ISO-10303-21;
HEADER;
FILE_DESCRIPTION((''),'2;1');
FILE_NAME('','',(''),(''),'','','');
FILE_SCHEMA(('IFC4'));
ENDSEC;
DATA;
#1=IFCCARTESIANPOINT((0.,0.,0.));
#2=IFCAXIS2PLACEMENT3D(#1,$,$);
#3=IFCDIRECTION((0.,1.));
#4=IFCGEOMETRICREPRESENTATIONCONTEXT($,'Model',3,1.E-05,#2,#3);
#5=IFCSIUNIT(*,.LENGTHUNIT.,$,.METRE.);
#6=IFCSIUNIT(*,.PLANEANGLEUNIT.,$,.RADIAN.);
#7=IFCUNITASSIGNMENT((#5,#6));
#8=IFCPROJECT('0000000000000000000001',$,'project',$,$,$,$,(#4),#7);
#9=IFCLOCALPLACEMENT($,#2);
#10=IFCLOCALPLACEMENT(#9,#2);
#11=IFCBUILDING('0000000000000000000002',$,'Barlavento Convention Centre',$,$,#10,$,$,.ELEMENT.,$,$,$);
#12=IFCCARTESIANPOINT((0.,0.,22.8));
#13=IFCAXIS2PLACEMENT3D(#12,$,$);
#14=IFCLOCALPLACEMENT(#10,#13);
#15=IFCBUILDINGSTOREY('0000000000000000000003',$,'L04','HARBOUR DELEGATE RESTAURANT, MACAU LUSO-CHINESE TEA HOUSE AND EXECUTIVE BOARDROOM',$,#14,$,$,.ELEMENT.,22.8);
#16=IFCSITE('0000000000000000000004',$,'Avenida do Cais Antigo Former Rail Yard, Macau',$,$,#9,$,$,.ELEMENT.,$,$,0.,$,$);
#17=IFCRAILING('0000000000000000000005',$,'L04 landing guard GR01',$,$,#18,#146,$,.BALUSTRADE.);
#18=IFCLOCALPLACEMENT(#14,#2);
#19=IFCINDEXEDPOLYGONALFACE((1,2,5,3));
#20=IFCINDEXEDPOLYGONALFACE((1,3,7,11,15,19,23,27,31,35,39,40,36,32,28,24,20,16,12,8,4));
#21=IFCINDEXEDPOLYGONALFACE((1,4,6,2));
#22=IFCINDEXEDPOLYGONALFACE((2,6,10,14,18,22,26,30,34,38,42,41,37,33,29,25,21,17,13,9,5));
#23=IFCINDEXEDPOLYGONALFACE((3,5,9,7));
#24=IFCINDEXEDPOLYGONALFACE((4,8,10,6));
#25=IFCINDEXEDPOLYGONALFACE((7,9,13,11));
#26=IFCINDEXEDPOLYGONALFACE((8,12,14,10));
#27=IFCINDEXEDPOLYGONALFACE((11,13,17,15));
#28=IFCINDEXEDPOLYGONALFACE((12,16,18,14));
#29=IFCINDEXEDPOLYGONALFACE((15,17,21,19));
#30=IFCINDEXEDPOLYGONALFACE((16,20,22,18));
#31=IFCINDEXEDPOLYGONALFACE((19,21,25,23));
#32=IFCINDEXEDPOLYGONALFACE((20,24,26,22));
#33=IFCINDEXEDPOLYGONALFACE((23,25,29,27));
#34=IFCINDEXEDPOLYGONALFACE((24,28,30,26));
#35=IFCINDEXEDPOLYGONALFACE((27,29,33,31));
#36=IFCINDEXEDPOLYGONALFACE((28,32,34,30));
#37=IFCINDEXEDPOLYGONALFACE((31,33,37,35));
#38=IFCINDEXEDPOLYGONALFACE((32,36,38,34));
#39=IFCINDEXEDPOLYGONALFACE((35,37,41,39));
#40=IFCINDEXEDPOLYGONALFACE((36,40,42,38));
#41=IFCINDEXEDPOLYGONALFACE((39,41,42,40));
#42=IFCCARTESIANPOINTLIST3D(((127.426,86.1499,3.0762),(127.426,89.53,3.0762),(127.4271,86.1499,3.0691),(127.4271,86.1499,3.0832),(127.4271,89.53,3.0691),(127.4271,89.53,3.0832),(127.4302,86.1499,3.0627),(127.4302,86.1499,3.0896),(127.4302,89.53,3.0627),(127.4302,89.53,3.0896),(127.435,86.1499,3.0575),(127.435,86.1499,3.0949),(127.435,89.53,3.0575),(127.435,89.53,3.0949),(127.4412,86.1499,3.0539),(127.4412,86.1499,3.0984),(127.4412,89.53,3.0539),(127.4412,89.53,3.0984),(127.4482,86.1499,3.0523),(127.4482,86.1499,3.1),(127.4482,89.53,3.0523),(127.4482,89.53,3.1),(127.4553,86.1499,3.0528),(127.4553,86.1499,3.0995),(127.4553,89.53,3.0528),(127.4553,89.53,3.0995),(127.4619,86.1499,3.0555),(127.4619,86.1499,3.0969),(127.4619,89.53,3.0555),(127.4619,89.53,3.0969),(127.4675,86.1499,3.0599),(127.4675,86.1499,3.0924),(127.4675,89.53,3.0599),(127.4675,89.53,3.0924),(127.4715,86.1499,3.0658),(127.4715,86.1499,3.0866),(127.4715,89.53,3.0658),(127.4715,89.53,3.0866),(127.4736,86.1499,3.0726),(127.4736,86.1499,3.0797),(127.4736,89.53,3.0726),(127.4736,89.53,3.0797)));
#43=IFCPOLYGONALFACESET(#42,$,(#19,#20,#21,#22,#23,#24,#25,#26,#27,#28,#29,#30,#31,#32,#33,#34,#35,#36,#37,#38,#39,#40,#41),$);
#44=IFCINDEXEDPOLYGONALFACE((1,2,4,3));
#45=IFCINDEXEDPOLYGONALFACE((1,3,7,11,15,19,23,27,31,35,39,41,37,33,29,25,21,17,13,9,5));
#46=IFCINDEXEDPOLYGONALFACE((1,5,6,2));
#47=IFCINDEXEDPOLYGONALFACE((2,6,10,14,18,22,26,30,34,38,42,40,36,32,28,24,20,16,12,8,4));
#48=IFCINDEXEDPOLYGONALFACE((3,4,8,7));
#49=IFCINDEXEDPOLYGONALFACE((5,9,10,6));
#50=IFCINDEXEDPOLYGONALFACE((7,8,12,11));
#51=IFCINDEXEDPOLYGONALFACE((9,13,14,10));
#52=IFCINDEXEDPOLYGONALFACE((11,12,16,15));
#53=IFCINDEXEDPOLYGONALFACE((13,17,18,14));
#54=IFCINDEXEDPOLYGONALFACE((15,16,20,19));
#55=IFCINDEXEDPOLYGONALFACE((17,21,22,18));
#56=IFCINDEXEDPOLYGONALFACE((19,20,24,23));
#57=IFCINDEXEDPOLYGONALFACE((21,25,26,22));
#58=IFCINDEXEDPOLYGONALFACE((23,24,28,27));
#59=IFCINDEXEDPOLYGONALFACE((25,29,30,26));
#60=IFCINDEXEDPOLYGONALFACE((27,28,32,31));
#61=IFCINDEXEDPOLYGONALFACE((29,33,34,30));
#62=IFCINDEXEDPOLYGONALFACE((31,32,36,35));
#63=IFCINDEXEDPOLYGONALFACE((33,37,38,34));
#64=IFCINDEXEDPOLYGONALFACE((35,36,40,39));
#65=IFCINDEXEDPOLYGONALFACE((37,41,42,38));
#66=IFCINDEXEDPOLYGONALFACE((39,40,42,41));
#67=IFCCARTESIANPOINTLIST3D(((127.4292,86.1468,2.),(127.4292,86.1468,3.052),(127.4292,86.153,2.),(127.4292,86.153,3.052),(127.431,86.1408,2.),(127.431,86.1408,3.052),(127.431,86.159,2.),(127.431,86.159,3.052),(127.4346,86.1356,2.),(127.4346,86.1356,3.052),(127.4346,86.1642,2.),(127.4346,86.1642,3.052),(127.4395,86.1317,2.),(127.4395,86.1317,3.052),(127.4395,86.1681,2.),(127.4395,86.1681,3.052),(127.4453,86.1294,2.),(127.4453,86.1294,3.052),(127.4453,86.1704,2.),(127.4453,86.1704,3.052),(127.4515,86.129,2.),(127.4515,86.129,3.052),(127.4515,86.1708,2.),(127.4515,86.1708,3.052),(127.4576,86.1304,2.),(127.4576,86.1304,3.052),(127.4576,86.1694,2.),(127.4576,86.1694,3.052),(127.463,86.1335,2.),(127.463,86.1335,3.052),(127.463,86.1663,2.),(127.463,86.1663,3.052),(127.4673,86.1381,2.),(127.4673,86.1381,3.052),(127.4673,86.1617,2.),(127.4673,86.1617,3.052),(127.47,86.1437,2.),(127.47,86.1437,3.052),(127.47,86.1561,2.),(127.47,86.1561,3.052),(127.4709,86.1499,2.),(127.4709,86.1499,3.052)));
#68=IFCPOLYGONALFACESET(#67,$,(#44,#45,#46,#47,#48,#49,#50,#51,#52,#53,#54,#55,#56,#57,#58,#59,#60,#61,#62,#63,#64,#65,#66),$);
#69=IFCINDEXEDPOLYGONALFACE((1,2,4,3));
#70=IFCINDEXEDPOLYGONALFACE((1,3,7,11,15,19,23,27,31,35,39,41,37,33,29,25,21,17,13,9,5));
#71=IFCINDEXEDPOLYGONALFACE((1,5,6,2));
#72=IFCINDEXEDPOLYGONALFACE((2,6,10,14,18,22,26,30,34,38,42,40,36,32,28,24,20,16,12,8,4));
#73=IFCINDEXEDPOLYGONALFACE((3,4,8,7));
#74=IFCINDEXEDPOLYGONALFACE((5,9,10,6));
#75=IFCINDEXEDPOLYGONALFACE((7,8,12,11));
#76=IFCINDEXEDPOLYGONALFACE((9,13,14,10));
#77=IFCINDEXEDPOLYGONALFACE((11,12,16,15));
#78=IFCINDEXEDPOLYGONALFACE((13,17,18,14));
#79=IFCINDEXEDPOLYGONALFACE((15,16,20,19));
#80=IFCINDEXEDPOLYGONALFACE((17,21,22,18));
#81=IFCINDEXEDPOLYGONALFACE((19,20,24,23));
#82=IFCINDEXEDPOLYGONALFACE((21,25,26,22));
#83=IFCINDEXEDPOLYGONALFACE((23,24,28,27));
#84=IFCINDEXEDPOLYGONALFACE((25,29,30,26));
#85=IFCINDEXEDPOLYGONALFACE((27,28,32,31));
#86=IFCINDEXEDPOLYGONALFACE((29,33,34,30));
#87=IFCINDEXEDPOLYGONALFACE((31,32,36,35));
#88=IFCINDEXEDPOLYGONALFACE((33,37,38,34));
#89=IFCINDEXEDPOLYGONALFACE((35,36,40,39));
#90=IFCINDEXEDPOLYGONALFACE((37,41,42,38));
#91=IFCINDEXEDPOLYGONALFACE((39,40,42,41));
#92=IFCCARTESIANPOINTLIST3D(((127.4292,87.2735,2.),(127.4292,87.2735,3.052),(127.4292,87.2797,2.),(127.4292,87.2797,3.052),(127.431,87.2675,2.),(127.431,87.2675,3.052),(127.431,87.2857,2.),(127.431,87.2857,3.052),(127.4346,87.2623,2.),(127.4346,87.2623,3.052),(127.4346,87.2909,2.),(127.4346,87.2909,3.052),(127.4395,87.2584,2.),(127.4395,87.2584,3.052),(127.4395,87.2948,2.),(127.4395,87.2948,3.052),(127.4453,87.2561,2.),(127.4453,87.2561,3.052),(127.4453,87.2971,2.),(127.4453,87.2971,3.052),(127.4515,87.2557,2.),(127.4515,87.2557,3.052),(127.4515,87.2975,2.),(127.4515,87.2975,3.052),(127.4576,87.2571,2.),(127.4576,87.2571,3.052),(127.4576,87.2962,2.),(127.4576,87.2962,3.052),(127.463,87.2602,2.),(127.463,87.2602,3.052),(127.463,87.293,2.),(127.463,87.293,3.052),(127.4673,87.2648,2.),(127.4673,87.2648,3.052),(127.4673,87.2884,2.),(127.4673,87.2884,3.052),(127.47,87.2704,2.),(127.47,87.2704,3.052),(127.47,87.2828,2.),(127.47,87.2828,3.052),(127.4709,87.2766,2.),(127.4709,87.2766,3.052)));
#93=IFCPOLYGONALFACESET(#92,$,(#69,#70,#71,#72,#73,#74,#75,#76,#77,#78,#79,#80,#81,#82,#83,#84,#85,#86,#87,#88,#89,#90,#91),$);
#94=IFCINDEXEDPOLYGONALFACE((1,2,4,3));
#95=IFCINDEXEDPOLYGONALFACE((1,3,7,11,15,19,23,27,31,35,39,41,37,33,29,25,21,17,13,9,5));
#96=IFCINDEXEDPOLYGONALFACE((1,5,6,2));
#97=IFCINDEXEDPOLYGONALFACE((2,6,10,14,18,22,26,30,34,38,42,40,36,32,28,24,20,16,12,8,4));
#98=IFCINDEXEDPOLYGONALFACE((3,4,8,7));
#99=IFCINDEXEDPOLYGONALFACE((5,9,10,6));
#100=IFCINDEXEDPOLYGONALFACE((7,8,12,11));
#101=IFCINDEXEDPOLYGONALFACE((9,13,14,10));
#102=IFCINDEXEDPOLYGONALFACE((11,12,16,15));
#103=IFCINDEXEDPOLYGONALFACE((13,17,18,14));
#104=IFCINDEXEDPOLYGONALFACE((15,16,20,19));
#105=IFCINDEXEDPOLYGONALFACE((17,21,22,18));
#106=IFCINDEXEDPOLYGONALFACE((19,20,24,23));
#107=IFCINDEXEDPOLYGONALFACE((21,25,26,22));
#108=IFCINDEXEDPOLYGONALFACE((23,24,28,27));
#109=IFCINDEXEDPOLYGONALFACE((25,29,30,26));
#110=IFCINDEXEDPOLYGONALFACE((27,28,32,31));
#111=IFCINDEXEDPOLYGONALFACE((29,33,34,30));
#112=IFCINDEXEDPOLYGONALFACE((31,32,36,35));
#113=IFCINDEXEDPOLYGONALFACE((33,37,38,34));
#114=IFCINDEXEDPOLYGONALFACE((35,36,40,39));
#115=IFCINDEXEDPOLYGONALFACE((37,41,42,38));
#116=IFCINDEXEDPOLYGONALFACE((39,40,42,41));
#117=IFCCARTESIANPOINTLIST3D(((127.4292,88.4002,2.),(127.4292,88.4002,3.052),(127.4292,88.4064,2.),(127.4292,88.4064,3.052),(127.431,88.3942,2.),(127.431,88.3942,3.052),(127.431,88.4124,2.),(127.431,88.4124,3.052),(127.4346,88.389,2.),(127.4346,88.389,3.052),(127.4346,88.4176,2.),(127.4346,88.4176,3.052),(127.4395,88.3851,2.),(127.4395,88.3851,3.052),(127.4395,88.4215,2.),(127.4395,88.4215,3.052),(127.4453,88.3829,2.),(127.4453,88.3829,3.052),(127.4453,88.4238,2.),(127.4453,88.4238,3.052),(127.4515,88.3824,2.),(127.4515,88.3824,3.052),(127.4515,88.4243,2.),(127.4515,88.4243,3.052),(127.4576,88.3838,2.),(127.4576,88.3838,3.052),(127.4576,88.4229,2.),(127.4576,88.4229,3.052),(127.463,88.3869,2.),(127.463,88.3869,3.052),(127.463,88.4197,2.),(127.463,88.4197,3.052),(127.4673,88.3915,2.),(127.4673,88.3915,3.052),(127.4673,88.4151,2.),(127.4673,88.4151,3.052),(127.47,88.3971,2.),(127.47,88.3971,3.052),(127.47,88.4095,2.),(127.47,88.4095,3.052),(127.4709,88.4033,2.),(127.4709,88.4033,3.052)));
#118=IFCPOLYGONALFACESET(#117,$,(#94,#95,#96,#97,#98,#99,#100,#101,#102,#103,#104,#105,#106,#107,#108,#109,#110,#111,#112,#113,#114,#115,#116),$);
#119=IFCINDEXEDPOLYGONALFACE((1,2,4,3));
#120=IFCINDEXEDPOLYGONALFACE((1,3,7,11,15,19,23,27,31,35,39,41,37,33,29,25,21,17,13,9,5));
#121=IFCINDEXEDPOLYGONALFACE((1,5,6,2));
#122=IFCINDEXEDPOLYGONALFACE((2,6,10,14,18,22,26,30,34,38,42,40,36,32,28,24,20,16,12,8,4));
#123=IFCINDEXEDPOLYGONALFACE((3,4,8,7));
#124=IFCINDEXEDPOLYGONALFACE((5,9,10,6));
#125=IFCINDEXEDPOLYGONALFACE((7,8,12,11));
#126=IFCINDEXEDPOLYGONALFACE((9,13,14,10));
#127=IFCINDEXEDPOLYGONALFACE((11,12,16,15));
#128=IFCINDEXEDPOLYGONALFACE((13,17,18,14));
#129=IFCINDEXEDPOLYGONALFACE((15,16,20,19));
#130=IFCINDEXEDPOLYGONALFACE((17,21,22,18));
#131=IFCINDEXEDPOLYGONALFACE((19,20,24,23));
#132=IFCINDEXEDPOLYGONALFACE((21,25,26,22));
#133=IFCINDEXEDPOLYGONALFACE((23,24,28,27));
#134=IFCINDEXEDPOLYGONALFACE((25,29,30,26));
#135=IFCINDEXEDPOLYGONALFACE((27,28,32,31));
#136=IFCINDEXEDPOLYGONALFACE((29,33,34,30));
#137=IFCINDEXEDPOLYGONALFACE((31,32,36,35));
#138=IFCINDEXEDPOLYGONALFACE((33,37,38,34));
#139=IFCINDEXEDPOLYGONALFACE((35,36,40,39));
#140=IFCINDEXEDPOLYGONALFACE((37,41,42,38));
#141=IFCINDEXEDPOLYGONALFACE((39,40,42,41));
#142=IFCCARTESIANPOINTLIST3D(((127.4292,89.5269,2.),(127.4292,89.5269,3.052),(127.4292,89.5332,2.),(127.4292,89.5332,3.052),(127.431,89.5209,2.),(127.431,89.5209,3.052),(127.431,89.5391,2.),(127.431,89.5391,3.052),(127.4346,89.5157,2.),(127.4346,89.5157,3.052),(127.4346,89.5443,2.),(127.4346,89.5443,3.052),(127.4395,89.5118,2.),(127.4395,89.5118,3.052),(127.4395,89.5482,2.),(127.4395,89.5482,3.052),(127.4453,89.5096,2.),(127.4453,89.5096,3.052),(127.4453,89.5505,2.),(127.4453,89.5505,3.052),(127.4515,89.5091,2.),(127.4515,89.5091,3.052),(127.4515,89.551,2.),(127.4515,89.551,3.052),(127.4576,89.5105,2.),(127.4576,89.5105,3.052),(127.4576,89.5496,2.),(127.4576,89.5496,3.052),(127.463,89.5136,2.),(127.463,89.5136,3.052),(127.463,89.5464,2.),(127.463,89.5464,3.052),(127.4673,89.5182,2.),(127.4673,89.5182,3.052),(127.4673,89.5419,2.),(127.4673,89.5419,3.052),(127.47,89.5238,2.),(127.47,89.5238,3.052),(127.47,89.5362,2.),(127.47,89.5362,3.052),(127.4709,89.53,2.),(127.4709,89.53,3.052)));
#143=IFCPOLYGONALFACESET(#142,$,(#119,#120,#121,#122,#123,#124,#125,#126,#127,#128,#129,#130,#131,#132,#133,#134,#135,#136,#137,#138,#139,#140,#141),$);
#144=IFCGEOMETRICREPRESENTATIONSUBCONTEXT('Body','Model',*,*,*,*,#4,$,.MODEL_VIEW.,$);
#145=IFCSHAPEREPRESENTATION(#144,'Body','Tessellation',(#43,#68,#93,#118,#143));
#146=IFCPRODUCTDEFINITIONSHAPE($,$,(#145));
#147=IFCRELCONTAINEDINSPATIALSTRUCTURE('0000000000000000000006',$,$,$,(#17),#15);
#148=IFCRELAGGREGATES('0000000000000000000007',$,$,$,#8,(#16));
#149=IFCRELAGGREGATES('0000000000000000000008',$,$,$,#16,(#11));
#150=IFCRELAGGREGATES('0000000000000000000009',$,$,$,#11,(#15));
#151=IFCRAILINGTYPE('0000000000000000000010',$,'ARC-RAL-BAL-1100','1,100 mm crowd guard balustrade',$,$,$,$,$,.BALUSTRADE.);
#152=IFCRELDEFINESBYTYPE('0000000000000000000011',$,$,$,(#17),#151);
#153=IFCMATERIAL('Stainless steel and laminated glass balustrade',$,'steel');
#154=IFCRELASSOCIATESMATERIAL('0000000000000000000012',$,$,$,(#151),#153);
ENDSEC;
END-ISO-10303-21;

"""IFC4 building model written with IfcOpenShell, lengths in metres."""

from ifc_helpers import new_model, si_unit, direction, frame, origin, origin_2d, place, context, subcontext, project, spatial, circle, extrude, material, type_object, element, save


model = new_model("IFC4")

# Units and contexts
model_context = context("Model", 3, precision=1e-05, world=origin(), true_north=direction((0.0, 1.0)))
body_context = subcontext(model_context, "Body", "Model", "MODEL_VIEW")
ifc_project = project(units=[si_unit("LENGTHUNIT", "METRE"), si_unit("PLANEANGLEUNIT", "RADIAN")], contexts=[model_context])

# Site, building, storey
site_placement = place(None, origin())
site = spatial("IfcSite", under=ifc_project, at=site_placement, Name="Avenida do Cais Antigo Former Rail Yard, Macau", CompositionType="ELEMENT", RefElevation=0.0)
building_placement = place(site_placement, origin())
building = spatial("IfcBuilding", under=site, at=building_placement, Name="Barlavento Convention Centre", CompositionType="ELEMENT")
storey_placement = place(building_placement, frame((0.0, 0.0, 22.8)))
storey = spatial("IfcBuildingStorey", under=building, at=storey_placement, Name="L04", Description="HARBOUR DELEGATE RESTAURANT, MACAU LUSO-CHINESE TEA HOUSE AND EXECUTIVE BOARDROOM", CompositionType="ELEMENT", Elevation=22.8)

# Railing
ifc_material_1 = material(Name="Stainless steel and laminated glass balustrade", Category="steel")
railing_type_1 = type_object("IfcRailingType", Name="ARC-RAL-BAL-1100", Description="1,100 mm crowd guard balustrade", PredefinedType="BALUSTRADE", material=ifc_material_1)
for number, where, name in (
    (1, (127.45, 86.1499, 2.0), "L04 landing guard GR01"),
):
    element("IfcRailing", number, at=place(storey_placement, frame(where)), inside=storey, type_object=railing_type_1, Name=name, PredefinedType="BALUSTRADE", context=body_context, shape_type="SweptSolid", body=[
        extrude(circle(Radius=0.0239, at=origin_2d()), frame((0.0, 0.0, 1.0762), z_axis=(0.0, 1.0, 0.0), x_axis=(-1.0, 0.0, 0.0)), (0.0, 0.0, 1.0), 3.3801),
        extrude(circle(Radius=0.021, at=origin_2d()), origin(), (0.0, 0.0, 1.0), 1.052),
        extrude(circle(Radius=0.021, at=origin_2d()), frame((0.0, 1.1267, 0.0)), (0.0, 0.0, 1.0), 1.052),
        extrude(circle(Radius=0.021, at=origin_2d()), frame((0.0, 2.2534, 0.0)), (0.0, 0.0, 1.0), 1.052),
        extrude(circle(Radius=0.021, at=origin_2d()), frame((0.0, 3.3801, 0.0)), (0.0, 0.0, 1.0), 1.052),
    ])

save(model, "model.ifc")
